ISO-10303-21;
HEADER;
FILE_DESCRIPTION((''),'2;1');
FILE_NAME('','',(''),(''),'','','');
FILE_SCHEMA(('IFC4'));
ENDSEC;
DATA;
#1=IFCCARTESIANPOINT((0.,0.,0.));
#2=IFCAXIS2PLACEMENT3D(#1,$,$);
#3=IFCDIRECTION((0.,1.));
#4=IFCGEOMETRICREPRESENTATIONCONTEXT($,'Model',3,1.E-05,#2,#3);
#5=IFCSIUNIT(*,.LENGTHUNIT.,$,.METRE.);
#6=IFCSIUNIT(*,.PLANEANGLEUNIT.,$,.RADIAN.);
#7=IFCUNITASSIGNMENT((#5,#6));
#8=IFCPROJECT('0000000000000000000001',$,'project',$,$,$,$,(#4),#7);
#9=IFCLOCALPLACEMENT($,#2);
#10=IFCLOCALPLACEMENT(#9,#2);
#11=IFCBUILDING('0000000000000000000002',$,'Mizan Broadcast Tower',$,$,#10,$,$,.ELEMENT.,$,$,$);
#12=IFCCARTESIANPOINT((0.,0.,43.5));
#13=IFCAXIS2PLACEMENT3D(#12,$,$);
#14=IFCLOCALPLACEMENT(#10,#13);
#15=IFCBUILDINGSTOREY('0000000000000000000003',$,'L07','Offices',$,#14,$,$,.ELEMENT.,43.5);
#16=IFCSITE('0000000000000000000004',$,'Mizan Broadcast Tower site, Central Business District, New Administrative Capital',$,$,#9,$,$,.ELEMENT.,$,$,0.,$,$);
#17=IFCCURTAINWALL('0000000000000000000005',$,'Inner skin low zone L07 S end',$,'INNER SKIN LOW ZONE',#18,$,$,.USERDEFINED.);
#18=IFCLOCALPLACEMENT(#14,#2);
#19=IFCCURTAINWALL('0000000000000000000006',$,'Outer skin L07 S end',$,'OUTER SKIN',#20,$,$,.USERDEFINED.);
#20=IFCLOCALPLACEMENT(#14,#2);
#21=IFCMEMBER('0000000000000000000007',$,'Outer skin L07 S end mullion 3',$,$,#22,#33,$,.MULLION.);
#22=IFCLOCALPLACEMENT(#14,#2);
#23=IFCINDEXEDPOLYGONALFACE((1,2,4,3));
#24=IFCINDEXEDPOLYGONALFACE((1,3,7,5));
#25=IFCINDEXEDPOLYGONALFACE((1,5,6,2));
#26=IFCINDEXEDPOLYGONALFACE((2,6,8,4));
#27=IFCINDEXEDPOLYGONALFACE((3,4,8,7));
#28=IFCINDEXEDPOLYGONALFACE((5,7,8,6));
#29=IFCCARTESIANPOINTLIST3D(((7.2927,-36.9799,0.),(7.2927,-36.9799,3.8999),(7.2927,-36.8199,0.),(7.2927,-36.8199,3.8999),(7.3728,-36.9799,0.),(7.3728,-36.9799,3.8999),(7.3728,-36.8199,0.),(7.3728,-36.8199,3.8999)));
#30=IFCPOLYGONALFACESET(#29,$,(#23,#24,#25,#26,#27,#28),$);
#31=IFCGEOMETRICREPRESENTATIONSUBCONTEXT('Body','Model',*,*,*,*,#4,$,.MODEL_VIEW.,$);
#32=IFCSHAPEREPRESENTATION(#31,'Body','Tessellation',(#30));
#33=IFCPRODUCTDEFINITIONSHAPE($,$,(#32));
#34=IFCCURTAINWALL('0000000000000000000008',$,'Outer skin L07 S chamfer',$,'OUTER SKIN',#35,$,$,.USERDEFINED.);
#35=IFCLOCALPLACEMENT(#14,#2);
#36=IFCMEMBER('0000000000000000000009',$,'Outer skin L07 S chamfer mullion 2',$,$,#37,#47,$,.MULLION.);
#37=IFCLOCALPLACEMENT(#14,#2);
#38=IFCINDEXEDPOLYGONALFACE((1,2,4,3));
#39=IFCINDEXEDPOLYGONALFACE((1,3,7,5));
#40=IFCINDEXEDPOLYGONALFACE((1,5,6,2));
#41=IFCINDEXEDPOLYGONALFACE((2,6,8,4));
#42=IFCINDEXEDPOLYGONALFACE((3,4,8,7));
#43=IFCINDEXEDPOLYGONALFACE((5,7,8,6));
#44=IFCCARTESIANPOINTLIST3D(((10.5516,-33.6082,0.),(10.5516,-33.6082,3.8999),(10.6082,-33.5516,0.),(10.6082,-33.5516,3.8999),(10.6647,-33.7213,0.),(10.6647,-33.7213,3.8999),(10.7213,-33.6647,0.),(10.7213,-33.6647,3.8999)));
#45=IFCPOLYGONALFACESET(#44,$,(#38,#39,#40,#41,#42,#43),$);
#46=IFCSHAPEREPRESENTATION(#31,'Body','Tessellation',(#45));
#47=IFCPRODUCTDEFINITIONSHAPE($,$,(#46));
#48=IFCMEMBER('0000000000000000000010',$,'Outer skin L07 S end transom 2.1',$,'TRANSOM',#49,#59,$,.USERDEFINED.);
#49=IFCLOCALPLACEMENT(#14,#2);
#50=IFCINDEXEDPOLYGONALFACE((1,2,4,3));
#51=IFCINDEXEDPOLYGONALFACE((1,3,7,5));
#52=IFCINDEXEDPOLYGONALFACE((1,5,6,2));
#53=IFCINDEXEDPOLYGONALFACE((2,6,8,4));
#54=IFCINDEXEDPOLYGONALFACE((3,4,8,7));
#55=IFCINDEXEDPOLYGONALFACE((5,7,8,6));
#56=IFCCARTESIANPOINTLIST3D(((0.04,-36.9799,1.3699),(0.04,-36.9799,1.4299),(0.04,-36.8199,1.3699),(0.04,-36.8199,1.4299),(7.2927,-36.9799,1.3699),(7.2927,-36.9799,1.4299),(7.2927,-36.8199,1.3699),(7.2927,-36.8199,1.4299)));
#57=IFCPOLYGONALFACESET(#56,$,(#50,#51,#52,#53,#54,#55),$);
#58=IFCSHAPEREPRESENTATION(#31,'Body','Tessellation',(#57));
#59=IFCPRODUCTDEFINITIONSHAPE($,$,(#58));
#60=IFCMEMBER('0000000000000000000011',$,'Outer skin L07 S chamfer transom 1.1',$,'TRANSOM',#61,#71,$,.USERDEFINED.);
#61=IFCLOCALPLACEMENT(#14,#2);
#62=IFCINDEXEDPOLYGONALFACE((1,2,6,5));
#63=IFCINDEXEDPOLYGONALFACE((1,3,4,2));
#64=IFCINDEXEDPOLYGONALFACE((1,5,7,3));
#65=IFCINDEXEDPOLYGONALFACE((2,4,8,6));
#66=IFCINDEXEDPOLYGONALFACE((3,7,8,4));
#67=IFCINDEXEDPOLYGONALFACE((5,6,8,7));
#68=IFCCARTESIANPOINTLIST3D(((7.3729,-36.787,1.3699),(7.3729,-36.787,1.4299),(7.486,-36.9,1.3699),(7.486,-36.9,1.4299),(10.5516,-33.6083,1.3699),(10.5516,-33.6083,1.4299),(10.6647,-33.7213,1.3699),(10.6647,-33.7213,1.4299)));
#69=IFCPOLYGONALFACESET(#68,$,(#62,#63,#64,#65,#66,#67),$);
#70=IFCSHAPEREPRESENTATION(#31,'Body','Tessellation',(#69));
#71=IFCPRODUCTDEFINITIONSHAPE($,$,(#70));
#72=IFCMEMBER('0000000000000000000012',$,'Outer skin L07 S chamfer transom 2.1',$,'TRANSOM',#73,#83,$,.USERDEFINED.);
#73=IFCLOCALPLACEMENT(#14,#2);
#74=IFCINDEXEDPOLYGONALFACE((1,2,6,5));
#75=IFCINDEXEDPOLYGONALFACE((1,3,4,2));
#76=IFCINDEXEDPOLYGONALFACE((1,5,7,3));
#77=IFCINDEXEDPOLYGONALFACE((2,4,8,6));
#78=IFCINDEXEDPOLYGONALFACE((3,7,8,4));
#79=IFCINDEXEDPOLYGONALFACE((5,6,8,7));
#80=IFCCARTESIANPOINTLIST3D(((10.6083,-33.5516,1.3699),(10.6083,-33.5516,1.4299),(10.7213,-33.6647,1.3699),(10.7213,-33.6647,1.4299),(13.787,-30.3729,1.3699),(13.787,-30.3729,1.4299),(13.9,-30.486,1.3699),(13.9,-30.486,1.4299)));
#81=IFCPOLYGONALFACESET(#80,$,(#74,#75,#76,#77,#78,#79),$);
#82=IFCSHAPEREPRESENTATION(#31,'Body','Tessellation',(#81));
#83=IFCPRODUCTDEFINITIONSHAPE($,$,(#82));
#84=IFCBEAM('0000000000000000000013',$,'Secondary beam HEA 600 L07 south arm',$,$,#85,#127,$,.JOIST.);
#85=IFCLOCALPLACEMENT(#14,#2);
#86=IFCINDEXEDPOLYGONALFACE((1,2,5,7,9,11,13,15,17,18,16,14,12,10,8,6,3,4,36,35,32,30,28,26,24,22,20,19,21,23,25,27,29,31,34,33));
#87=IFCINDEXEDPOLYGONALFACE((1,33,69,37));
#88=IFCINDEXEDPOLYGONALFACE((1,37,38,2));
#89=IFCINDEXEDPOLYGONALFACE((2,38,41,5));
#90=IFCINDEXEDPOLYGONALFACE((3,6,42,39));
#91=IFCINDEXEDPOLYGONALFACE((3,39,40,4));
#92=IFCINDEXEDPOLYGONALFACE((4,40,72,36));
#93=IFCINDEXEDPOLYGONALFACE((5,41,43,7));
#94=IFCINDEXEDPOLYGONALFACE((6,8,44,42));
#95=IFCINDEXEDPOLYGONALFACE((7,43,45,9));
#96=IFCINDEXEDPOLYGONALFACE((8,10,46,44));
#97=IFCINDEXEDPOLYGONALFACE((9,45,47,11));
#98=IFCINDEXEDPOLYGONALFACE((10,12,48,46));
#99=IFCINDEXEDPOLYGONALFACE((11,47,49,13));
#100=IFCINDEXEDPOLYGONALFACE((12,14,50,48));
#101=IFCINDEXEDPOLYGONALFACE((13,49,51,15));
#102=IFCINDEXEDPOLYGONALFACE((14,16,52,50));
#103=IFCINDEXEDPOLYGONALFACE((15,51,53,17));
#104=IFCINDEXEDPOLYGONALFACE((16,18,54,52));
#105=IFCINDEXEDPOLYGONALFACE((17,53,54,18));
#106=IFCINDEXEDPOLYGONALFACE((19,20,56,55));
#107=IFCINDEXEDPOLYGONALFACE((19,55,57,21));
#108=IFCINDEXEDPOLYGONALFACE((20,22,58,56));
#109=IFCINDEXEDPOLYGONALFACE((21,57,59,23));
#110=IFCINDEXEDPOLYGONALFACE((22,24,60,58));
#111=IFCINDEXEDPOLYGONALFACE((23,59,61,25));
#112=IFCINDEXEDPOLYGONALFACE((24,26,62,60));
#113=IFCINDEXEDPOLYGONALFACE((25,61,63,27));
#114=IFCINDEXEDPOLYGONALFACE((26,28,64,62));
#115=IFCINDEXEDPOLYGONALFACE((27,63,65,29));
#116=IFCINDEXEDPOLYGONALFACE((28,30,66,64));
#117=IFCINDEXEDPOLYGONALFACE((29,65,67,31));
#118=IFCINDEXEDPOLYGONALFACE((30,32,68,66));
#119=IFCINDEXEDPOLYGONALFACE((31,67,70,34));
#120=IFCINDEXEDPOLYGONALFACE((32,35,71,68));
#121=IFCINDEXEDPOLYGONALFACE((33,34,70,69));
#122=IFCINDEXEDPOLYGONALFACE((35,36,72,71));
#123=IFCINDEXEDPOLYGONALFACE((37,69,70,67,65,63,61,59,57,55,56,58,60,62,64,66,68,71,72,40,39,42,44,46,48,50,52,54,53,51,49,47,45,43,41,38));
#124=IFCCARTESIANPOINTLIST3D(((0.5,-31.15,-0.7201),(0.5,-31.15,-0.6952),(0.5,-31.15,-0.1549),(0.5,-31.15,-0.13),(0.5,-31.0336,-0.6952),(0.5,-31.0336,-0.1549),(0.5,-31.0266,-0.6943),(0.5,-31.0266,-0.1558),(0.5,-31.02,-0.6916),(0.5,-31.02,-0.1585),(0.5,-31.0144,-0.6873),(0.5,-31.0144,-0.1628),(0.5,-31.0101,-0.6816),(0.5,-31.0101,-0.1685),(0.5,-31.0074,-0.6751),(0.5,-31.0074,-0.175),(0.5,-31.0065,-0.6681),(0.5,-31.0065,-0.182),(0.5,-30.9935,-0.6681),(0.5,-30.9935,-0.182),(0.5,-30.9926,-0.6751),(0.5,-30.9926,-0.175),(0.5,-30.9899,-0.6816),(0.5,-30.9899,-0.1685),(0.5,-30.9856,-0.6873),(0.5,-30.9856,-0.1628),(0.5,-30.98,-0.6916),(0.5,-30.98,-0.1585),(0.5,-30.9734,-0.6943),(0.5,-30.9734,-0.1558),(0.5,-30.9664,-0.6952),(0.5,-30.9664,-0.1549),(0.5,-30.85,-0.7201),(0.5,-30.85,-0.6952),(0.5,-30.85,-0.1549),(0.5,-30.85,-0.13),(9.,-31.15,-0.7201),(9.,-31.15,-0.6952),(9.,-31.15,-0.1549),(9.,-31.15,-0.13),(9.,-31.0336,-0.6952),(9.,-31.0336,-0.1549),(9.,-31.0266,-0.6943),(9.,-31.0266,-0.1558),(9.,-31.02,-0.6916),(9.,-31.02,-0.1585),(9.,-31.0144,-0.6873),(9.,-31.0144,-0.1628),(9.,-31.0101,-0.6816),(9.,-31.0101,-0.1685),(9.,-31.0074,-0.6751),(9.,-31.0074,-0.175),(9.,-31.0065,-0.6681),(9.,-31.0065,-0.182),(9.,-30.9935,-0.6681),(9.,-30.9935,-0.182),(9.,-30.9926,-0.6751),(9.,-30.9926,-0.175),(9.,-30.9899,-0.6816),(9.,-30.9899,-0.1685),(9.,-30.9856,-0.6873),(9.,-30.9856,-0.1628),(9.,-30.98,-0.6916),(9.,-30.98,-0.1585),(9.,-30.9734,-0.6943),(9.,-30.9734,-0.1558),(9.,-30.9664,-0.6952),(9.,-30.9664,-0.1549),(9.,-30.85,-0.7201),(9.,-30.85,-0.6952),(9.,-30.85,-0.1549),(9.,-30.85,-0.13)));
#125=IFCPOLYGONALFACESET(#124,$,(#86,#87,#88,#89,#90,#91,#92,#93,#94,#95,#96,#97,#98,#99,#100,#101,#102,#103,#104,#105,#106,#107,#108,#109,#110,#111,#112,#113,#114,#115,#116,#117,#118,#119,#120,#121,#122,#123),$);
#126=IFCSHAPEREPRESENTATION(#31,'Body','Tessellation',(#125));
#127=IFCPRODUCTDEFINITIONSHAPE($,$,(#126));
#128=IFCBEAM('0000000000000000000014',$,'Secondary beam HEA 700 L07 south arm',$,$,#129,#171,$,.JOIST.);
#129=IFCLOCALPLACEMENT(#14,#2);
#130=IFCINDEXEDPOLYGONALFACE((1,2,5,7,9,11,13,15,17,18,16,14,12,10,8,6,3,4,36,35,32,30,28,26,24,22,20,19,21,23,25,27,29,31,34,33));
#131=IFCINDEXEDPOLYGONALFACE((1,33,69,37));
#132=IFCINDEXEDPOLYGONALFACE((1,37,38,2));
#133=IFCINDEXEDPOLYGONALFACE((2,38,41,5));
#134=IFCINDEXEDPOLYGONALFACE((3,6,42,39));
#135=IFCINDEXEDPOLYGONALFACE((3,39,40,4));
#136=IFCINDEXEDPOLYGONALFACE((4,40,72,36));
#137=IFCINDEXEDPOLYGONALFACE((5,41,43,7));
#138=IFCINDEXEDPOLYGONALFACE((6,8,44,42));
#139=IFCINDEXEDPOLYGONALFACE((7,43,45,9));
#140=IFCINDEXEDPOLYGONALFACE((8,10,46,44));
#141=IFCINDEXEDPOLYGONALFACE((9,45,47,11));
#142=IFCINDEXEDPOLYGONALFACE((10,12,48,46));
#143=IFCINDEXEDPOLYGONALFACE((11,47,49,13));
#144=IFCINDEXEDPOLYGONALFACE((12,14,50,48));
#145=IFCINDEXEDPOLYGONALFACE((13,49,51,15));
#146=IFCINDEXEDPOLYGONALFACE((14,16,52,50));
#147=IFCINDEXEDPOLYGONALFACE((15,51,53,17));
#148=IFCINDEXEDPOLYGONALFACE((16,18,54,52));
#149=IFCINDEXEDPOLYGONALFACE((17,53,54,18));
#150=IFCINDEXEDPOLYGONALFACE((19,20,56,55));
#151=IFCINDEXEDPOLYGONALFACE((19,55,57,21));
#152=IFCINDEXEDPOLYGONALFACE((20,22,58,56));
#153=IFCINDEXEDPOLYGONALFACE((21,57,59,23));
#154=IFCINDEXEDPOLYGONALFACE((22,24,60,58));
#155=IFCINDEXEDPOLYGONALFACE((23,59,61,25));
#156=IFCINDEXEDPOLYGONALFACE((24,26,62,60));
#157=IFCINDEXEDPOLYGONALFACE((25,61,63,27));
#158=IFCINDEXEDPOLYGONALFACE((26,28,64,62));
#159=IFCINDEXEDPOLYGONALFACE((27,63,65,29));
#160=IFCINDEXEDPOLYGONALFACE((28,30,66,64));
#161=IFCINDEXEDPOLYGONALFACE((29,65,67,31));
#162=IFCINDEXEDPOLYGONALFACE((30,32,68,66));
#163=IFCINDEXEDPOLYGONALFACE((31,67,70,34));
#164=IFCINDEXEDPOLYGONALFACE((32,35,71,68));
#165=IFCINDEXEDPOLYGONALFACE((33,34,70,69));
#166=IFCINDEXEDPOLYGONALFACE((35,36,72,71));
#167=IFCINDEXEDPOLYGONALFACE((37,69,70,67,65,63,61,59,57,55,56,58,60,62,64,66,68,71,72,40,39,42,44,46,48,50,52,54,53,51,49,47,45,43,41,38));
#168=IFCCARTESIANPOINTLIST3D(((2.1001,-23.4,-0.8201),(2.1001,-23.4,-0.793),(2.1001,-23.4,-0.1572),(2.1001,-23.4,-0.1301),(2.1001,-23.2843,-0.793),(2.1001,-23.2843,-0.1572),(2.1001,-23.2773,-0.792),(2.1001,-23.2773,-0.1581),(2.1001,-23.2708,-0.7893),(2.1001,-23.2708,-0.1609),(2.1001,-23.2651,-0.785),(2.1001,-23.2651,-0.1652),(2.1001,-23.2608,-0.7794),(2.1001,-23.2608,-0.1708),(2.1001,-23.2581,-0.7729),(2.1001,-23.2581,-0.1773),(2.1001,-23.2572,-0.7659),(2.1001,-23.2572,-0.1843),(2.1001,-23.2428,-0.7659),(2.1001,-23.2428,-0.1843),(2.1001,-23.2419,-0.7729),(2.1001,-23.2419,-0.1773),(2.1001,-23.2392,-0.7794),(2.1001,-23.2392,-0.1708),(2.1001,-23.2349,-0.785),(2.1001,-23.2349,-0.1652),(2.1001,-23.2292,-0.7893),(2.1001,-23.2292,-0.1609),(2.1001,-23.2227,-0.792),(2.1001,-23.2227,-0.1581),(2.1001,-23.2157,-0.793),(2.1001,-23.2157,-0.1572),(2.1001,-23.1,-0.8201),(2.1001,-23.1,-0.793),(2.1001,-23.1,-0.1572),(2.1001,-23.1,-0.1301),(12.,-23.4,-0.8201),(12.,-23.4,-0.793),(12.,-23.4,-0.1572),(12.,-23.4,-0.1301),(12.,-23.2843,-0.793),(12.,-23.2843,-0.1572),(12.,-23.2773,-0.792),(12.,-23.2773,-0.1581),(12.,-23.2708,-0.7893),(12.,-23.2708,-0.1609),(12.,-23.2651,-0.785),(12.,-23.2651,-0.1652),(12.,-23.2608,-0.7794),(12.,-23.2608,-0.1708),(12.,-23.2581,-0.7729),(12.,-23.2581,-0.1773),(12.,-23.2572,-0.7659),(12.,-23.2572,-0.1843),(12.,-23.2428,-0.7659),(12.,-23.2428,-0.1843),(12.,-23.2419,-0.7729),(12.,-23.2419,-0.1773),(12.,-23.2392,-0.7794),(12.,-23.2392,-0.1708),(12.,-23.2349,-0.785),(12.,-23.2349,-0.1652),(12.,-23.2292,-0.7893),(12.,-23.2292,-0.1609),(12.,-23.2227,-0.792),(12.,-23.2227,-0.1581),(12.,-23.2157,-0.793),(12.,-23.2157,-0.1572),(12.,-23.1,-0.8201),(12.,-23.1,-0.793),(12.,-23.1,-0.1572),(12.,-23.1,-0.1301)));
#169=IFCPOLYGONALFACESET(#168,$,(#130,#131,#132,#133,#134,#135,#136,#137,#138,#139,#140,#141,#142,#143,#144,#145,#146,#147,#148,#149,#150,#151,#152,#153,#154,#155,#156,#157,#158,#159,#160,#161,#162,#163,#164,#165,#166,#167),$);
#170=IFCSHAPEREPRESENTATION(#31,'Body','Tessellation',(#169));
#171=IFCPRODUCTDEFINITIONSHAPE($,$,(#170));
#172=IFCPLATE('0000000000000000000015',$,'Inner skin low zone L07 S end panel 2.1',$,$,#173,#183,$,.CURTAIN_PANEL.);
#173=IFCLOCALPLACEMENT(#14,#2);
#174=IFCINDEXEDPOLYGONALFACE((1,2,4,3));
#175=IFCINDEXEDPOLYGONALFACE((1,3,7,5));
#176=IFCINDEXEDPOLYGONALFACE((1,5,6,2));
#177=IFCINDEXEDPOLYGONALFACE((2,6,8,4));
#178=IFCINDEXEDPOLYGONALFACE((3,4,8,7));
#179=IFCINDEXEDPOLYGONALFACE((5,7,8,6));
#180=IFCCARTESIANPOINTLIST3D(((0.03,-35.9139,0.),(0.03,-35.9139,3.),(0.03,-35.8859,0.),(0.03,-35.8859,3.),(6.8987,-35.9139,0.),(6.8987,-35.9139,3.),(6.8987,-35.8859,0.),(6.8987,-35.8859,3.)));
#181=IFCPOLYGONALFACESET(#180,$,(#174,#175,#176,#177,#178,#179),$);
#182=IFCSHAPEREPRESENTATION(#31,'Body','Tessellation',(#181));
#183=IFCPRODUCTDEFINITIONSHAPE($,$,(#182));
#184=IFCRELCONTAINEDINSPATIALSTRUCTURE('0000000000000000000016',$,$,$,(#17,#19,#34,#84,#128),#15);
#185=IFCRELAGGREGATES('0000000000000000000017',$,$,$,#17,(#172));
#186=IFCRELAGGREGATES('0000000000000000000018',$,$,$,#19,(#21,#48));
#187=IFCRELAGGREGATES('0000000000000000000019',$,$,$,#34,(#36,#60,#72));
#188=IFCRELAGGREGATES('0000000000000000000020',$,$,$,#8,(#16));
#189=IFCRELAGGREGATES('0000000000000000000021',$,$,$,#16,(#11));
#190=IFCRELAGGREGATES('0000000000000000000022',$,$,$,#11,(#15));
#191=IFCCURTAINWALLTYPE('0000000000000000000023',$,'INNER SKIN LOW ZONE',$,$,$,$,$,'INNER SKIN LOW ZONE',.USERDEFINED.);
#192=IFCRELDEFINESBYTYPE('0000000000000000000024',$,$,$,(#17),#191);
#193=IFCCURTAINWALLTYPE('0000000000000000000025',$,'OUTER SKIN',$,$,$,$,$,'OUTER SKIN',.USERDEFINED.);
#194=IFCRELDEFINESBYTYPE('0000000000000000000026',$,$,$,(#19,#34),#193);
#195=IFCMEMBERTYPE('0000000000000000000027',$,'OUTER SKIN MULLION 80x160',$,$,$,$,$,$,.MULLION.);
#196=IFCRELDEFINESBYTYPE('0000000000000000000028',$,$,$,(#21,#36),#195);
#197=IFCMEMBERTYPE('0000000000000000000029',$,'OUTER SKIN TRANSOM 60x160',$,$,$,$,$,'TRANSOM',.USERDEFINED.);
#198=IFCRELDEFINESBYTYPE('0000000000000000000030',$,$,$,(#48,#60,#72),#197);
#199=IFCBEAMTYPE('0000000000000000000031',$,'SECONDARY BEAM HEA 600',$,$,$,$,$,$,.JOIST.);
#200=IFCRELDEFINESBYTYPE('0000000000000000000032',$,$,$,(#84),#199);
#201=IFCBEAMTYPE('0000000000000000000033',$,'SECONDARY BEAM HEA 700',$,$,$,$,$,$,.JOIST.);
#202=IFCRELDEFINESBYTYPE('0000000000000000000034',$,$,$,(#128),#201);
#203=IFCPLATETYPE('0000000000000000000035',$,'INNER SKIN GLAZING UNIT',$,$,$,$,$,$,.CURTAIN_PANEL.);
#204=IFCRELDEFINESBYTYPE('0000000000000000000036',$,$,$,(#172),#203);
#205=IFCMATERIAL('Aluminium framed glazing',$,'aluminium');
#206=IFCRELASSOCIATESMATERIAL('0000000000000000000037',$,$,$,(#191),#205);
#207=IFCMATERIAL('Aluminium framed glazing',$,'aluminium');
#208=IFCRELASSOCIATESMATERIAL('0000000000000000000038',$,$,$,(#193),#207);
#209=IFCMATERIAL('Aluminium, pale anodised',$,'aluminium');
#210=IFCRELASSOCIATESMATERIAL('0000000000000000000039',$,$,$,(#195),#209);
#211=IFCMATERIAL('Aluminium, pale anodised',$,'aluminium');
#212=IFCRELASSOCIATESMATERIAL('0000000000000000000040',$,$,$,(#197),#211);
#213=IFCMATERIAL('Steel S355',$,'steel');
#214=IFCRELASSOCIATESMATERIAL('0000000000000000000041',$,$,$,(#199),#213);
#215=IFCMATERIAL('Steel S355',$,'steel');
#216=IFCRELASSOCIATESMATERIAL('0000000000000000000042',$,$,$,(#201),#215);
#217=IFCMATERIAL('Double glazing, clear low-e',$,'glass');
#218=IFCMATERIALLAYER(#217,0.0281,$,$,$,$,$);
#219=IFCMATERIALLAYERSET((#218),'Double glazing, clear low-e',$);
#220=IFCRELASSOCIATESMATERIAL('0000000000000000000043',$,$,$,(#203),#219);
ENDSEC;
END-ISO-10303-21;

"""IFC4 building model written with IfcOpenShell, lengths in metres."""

from ifc_helpers import new_model, si_unit, direction, frame, origin, origin_2d, place, context, subcontext, project, spatial, rectangle, i_section, extrude, material, layer, layer_set, material_profile, profile_set, type_object, element, aggregate, save


model = new_model("IFC4")

# Units and contexts
model_context = context("Model", 3, precision=1e-05, world=origin(), true_north=direction((0.0, 1.0)))
body_context = subcontext(model_context, "Body", "Model", "MODEL_VIEW")
ifc_project = project(units=[si_unit("LENGTHUNIT", "METRE"), si_unit("PLANEANGLEUNIT", "RADIAN")], contexts=[model_context])

# Site, building, storey
site_placement = place(None, origin())
site = spatial("IfcSite", under=ifc_project, at=site_placement, Name="Mizan Broadcast Tower site, Central Business District, New Administrative Capital", CompositionType="ELEMENT", RefElevation=0.0)
building_placement = place(site_placement, origin())
building = spatial("IfcBuilding", under=site, at=building_placement, Name="Mizan Broadcast Tower", CompositionType="ELEMENT")
storey_placement = place(building_placement, frame((0.0, 0.0, 43.5)))
storey = spatial("IfcBuildingStorey", under=building, at=storey_placement, Name="L07", Description="Offices", CompositionType="ELEMENT", Elevation=43.5)

# Curtain wall
ifc_material_1 = material(Name="Aluminium framed glazing", Category="aluminium")
curtain_wall_type_1 = type_object("IfcCurtainWallType", Name="INNER SKIN LOW ZONE", ElementType="INNER SKIN LOW ZONE", PredefinedType="USERDEFINED", material=ifc_material_1)
curtain_wall_1_placement = place(storey_placement, origin())
curtain_wall_1 = element("IfcCurtainWall", 1, at=curtain_wall_1_placement, inside=storey, type_object=curtain_wall_type_1, Name="Inner skin low zone L07 S end", ObjectType="INNER SKIN LOW ZONE", PredefinedType="USERDEFINED")

# Curtain wall, member
ifc_material_2 = material(Name="Aluminium framed glazing", Category="aluminium")
curtain_wall_type_2 = type_object("IfcCurtainWallType", Name="OUTER SKIN", ElementType="OUTER SKIN", PredefinedType="USERDEFINED", material=ifc_material_2)
curtain_wall_2_placement = place(storey_placement, origin())
curtain_wall_2 = element("IfcCurtainWall", 2, at=curtain_wall_2_placement, inside=storey, type_object=curtain_wall_type_2, Name="Outer skin L07 S end", ObjectType="OUTER SKIN", PredefinedType="USERDEFINED")
ifc_material_3 = material(Name="Aluminium, pale anodised", Category="aluminium")
ifc_material_profile_1 = material_profile(ifc_material_3, rectangle(XDim=0.1599, YDim=0.0801, at=origin_2d()), Name="MULLION 160x80")
ifc_profile_set_1 = profile_set([ifc_material_profile_1], Name="Aluminium, pale anodised")
member_type_1 = type_object("IfcMemberType", Name="OUTER SKIN MULLION 80x160", PredefinedType="MULLION", material=ifc_profile_set_1)
member_1_placement = place(storey_placement, frame((7.3328, -36.8999, 0.0), z_axis=(0.0, 0.0, 1.0), x_axis=(0.0, 1.0, 0.0)))
member_1 = element("IfcMember", 3, at=member_1_placement, type_object=member_type_1, Name="Outer skin L07 S end mullion 3", PredefinedType="MULLION", context=body_context, shape_type="SweptSolid", body=[
    extrude(rectangle(XDim=0.1599, YDim=0.0801, at=origin_2d()), origin(), (0.0, 0.0, 1.0), 3.8999),
])

# Curtain wall, member
curtain_wall_3_placement = place(storey_placement, origin())
curtain_wall_3 = element("IfcCurtainWall", 4, at=curtain_wall_3_placement, inside=storey, type_object=curtain_wall_type_2, Name="Outer skin L07 S chamfer", ObjectType="OUTER SKIN", PredefinedType="USERDEFINED")
member_2_placement = place(storey_placement, frame((10.6365, -33.6365, 0.0), z_axis=(0.0, 0.0, 1.0), x_axis=(-0.707107, 0.707107, 0.0)))
member_2 = element("IfcMember", 5, at=member_2_placement, type_object=member_type_1, Name="Outer skin L07 S chamfer mullion 2", PredefinedType="MULLION", context=body_context, shape_type="SweptSolid", body=[
    extrude(rectangle(XDim=0.1599, YDim=0.0801, at=origin_2d()), origin(), (0.0, 0.0, 1.0), 3.8999),
])

# Members
ifc_material_4 = material(Name="Aluminium, pale anodised", Category="aluminium")
ifc_material_profile_2 = material_profile(ifc_material_4, rectangle(XDim=0.1599, YDim=0.0601, at=origin_2d()), Name="TRANSOM 160x60")
ifc_profile_set_2 = profile_set([ifc_material_profile_2], Name="Aluminium, pale anodised")
member_type_2 = type_object("IfcMemberType", Name="OUTER SKIN TRANSOM 60x160", ElementType="TRANSOM", PredefinedType="USERDEFINED", material=ifc_profile_set_2)
member_3_placement = place(storey_placement, frame((0.04, -36.8999, 1.3999), z_axis=(1.0, 0.0, 0.0), x_axis=(0.0, 1.0, 0.0)))
member_3 = element("IfcMember", 6, at=member_3_placement, type_object=member_type_2, Name="Outer skin L07 S end transom 2.1", ObjectType="TRANSOM", PredefinedType="USERDEFINED", context=body_context, shape_type="SweptSolid", body=[
    extrude(rectangle(XDim=0.1599, YDim=0.0601, at=origin_2d()), origin(), (0.0, 0.0, 1.0), 7.2527),
])
member_4_placement = place(storey_placement, frame((7.4294, -36.8435, 1.3999), z_axis=(0.707107, 0.707107, 0.0), x_axis=(-0.707107, 0.707107, 0.0)))
member_4 = element("IfcMember", 7, at=member_4_placement, type_object=member_type_2, Name="Outer skin L07 S chamfer transom 1.1", ObjectType="TRANSOM", PredefinedType="USERDEFINED", context=body_context, shape_type="SweptSolid", body=[
    extrude(rectangle(XDim=0.1599, YDim=0.0601, at=origin_2d()), origin(), (0.0, 0.0, 1.0), 4.4954),
])
member_5_placement = place(storey_placement, frame((10.6648, -33.6082, 1.3999), z_axis=(0.707107, 0.707107, 0.0), x_axis=(-0.707107, 0.707107, 0.0)))
member_5 = element("IfcMember", 8, at=member_5_placement, type_object=member_type_2, Name="Outer skin L07 S chamfer transom 2.1", ObjectType="TRANSOM", PredefinedType="USERDEFINED", context=body_context, shape_type="SweptSolid", body=[
    extrude(rectangle(XDim=0.1599, YDim=0.0601, at=origin_2d()), origin(), (0.0, 0.0, 1.0), 4.4954),
])

# Beams
ifc_material_5 = material(Name="Steel S355", Category="steel")
ifc_material_profile_3 = material_profile(ifc_material_5, i_section(OverallWidth=0.3, OverallDepth=0.5901, WebThickness=0.0129, FlangeThickness=0.0249, FilletRadius=0.0271, at=origin_2d()), Name="HEA 600")
ifc_profile_set_3 = profile_set([ifc_material_profile_3], Name="Steel S355")
beam_type_1 = type_object("IfcBeamType", Name="SECONDARY BEAM HEA 600", PredefinedType="JOIST", material=ifc_profile_set_3)
beam_1_placement = place(storey_placement, frame((9.0, -31.0, -0.425), z_axis=(-1.0, 0.0, 0.0), x_axis=(0.0, -1.0, 0.0)))
element("IfcBeam", 9, at=beam_1_placement, inside=storey, type_object=beam_type_1, Name="Secondary beam HEA 600 L07 south arm", PredefinedType="JOIST", context=body_context, shape_type="SweptSolid", body=[
    extrude(i_section(OverallWidth=0.3, OverallDepth=0.5901, WebThickness=0.0129, FlangeThickness=0.0249, FilletRadius=0.0271, at=origin_2d()), origin(), (0.0, 0.0, 1.0), 8.5),
])
ifc_material_6 = material(Name="Steel S355", Category="steel")
ifc_material_profile_4 = material_profile(ifc_material_6, i_section(OverallWidth=0.3, OverallDepth=0.6899, WebThickness=0.0144, FlangeThickness=0.0271, FilletRadius=0.0271, at=origin_2d()), Name="HEA 700")
ifc_profile_set_4 = profile_set([ifc_material_profile_4], Name="Steel S355")
beam_type_2 = type_object("IfcBeamType", Name="SECONDARY BEAM HEA 700", PredefinedType="JOIST", material=ifc_profile_set_4)
beam_2_placement = place(storey_placement, frame((12.0, -23.25, -0.4751), z_axis=(-1.0, 0.0, 0.0), x_axis=(0.0, -1.0, 0.0)))
element("IfcBeam", 10, at=beam_2_placement, inside=storey, type_object=beam_type_2, Name="Secondary beam HEA 700 L07 south arm", PredefinedType="JOIST", context=body_context, shape_type="SweptSolid", body=[
    extrude(i_section(OverallWidth=0.3, OverallDepth=0.6899, WebThickness=0.0144, FlangeThickness=0.0271, FilletRadius=0.0271, at=origin_2d()), origin(), (0.0, 0.0, 1.0), 9.8999),
])

# Plate
ifc_material_7 = material(Name="Double glazing, clear low-e", Category="glass")
ifc_layer_1 = layer(ifc_material_7, 0.0281)
ifc_layer_set_1 = layer_set([ifc_layer_1], Name="Double glazing, clear low-e")
plate_type_1 = type_object("IfcPlateType", Name="INNER SKIN GLAZING UNIT", PredefinedType="CURTAIN_PANEL", material=ifc_layer_set_1)
plate_1_placement = place(storey_placement, frame((3.4644, -35.8999, 0.0), z_axis=(0.0, 0.0, 1.0), x_axis=(1.0, 0.0, 0.0)))
plate_1 = element("IfcPlate", 11, at=plate_1_placement, type_object=plate_type_1, Name="Inner skin low zone L07 S end panel 2.1", PredefinedType="CURTAIN_PANEL", context=body_context, shape_type="SweptSolid", body=[
    extrude(rectangle(XDim=6.8687, YDim=0.0281, at=origin_2d()), origin(), (0.0, 0.0, 1.0), 3.0),
])
aggregate(curtain_wall_1, [plate_1])
aggregate(curtain_wall_2, [member_1, member_3])
aggregate(curtain_wall_3, [member_2, member_4, member_5])

save(model, "model.ifc")
